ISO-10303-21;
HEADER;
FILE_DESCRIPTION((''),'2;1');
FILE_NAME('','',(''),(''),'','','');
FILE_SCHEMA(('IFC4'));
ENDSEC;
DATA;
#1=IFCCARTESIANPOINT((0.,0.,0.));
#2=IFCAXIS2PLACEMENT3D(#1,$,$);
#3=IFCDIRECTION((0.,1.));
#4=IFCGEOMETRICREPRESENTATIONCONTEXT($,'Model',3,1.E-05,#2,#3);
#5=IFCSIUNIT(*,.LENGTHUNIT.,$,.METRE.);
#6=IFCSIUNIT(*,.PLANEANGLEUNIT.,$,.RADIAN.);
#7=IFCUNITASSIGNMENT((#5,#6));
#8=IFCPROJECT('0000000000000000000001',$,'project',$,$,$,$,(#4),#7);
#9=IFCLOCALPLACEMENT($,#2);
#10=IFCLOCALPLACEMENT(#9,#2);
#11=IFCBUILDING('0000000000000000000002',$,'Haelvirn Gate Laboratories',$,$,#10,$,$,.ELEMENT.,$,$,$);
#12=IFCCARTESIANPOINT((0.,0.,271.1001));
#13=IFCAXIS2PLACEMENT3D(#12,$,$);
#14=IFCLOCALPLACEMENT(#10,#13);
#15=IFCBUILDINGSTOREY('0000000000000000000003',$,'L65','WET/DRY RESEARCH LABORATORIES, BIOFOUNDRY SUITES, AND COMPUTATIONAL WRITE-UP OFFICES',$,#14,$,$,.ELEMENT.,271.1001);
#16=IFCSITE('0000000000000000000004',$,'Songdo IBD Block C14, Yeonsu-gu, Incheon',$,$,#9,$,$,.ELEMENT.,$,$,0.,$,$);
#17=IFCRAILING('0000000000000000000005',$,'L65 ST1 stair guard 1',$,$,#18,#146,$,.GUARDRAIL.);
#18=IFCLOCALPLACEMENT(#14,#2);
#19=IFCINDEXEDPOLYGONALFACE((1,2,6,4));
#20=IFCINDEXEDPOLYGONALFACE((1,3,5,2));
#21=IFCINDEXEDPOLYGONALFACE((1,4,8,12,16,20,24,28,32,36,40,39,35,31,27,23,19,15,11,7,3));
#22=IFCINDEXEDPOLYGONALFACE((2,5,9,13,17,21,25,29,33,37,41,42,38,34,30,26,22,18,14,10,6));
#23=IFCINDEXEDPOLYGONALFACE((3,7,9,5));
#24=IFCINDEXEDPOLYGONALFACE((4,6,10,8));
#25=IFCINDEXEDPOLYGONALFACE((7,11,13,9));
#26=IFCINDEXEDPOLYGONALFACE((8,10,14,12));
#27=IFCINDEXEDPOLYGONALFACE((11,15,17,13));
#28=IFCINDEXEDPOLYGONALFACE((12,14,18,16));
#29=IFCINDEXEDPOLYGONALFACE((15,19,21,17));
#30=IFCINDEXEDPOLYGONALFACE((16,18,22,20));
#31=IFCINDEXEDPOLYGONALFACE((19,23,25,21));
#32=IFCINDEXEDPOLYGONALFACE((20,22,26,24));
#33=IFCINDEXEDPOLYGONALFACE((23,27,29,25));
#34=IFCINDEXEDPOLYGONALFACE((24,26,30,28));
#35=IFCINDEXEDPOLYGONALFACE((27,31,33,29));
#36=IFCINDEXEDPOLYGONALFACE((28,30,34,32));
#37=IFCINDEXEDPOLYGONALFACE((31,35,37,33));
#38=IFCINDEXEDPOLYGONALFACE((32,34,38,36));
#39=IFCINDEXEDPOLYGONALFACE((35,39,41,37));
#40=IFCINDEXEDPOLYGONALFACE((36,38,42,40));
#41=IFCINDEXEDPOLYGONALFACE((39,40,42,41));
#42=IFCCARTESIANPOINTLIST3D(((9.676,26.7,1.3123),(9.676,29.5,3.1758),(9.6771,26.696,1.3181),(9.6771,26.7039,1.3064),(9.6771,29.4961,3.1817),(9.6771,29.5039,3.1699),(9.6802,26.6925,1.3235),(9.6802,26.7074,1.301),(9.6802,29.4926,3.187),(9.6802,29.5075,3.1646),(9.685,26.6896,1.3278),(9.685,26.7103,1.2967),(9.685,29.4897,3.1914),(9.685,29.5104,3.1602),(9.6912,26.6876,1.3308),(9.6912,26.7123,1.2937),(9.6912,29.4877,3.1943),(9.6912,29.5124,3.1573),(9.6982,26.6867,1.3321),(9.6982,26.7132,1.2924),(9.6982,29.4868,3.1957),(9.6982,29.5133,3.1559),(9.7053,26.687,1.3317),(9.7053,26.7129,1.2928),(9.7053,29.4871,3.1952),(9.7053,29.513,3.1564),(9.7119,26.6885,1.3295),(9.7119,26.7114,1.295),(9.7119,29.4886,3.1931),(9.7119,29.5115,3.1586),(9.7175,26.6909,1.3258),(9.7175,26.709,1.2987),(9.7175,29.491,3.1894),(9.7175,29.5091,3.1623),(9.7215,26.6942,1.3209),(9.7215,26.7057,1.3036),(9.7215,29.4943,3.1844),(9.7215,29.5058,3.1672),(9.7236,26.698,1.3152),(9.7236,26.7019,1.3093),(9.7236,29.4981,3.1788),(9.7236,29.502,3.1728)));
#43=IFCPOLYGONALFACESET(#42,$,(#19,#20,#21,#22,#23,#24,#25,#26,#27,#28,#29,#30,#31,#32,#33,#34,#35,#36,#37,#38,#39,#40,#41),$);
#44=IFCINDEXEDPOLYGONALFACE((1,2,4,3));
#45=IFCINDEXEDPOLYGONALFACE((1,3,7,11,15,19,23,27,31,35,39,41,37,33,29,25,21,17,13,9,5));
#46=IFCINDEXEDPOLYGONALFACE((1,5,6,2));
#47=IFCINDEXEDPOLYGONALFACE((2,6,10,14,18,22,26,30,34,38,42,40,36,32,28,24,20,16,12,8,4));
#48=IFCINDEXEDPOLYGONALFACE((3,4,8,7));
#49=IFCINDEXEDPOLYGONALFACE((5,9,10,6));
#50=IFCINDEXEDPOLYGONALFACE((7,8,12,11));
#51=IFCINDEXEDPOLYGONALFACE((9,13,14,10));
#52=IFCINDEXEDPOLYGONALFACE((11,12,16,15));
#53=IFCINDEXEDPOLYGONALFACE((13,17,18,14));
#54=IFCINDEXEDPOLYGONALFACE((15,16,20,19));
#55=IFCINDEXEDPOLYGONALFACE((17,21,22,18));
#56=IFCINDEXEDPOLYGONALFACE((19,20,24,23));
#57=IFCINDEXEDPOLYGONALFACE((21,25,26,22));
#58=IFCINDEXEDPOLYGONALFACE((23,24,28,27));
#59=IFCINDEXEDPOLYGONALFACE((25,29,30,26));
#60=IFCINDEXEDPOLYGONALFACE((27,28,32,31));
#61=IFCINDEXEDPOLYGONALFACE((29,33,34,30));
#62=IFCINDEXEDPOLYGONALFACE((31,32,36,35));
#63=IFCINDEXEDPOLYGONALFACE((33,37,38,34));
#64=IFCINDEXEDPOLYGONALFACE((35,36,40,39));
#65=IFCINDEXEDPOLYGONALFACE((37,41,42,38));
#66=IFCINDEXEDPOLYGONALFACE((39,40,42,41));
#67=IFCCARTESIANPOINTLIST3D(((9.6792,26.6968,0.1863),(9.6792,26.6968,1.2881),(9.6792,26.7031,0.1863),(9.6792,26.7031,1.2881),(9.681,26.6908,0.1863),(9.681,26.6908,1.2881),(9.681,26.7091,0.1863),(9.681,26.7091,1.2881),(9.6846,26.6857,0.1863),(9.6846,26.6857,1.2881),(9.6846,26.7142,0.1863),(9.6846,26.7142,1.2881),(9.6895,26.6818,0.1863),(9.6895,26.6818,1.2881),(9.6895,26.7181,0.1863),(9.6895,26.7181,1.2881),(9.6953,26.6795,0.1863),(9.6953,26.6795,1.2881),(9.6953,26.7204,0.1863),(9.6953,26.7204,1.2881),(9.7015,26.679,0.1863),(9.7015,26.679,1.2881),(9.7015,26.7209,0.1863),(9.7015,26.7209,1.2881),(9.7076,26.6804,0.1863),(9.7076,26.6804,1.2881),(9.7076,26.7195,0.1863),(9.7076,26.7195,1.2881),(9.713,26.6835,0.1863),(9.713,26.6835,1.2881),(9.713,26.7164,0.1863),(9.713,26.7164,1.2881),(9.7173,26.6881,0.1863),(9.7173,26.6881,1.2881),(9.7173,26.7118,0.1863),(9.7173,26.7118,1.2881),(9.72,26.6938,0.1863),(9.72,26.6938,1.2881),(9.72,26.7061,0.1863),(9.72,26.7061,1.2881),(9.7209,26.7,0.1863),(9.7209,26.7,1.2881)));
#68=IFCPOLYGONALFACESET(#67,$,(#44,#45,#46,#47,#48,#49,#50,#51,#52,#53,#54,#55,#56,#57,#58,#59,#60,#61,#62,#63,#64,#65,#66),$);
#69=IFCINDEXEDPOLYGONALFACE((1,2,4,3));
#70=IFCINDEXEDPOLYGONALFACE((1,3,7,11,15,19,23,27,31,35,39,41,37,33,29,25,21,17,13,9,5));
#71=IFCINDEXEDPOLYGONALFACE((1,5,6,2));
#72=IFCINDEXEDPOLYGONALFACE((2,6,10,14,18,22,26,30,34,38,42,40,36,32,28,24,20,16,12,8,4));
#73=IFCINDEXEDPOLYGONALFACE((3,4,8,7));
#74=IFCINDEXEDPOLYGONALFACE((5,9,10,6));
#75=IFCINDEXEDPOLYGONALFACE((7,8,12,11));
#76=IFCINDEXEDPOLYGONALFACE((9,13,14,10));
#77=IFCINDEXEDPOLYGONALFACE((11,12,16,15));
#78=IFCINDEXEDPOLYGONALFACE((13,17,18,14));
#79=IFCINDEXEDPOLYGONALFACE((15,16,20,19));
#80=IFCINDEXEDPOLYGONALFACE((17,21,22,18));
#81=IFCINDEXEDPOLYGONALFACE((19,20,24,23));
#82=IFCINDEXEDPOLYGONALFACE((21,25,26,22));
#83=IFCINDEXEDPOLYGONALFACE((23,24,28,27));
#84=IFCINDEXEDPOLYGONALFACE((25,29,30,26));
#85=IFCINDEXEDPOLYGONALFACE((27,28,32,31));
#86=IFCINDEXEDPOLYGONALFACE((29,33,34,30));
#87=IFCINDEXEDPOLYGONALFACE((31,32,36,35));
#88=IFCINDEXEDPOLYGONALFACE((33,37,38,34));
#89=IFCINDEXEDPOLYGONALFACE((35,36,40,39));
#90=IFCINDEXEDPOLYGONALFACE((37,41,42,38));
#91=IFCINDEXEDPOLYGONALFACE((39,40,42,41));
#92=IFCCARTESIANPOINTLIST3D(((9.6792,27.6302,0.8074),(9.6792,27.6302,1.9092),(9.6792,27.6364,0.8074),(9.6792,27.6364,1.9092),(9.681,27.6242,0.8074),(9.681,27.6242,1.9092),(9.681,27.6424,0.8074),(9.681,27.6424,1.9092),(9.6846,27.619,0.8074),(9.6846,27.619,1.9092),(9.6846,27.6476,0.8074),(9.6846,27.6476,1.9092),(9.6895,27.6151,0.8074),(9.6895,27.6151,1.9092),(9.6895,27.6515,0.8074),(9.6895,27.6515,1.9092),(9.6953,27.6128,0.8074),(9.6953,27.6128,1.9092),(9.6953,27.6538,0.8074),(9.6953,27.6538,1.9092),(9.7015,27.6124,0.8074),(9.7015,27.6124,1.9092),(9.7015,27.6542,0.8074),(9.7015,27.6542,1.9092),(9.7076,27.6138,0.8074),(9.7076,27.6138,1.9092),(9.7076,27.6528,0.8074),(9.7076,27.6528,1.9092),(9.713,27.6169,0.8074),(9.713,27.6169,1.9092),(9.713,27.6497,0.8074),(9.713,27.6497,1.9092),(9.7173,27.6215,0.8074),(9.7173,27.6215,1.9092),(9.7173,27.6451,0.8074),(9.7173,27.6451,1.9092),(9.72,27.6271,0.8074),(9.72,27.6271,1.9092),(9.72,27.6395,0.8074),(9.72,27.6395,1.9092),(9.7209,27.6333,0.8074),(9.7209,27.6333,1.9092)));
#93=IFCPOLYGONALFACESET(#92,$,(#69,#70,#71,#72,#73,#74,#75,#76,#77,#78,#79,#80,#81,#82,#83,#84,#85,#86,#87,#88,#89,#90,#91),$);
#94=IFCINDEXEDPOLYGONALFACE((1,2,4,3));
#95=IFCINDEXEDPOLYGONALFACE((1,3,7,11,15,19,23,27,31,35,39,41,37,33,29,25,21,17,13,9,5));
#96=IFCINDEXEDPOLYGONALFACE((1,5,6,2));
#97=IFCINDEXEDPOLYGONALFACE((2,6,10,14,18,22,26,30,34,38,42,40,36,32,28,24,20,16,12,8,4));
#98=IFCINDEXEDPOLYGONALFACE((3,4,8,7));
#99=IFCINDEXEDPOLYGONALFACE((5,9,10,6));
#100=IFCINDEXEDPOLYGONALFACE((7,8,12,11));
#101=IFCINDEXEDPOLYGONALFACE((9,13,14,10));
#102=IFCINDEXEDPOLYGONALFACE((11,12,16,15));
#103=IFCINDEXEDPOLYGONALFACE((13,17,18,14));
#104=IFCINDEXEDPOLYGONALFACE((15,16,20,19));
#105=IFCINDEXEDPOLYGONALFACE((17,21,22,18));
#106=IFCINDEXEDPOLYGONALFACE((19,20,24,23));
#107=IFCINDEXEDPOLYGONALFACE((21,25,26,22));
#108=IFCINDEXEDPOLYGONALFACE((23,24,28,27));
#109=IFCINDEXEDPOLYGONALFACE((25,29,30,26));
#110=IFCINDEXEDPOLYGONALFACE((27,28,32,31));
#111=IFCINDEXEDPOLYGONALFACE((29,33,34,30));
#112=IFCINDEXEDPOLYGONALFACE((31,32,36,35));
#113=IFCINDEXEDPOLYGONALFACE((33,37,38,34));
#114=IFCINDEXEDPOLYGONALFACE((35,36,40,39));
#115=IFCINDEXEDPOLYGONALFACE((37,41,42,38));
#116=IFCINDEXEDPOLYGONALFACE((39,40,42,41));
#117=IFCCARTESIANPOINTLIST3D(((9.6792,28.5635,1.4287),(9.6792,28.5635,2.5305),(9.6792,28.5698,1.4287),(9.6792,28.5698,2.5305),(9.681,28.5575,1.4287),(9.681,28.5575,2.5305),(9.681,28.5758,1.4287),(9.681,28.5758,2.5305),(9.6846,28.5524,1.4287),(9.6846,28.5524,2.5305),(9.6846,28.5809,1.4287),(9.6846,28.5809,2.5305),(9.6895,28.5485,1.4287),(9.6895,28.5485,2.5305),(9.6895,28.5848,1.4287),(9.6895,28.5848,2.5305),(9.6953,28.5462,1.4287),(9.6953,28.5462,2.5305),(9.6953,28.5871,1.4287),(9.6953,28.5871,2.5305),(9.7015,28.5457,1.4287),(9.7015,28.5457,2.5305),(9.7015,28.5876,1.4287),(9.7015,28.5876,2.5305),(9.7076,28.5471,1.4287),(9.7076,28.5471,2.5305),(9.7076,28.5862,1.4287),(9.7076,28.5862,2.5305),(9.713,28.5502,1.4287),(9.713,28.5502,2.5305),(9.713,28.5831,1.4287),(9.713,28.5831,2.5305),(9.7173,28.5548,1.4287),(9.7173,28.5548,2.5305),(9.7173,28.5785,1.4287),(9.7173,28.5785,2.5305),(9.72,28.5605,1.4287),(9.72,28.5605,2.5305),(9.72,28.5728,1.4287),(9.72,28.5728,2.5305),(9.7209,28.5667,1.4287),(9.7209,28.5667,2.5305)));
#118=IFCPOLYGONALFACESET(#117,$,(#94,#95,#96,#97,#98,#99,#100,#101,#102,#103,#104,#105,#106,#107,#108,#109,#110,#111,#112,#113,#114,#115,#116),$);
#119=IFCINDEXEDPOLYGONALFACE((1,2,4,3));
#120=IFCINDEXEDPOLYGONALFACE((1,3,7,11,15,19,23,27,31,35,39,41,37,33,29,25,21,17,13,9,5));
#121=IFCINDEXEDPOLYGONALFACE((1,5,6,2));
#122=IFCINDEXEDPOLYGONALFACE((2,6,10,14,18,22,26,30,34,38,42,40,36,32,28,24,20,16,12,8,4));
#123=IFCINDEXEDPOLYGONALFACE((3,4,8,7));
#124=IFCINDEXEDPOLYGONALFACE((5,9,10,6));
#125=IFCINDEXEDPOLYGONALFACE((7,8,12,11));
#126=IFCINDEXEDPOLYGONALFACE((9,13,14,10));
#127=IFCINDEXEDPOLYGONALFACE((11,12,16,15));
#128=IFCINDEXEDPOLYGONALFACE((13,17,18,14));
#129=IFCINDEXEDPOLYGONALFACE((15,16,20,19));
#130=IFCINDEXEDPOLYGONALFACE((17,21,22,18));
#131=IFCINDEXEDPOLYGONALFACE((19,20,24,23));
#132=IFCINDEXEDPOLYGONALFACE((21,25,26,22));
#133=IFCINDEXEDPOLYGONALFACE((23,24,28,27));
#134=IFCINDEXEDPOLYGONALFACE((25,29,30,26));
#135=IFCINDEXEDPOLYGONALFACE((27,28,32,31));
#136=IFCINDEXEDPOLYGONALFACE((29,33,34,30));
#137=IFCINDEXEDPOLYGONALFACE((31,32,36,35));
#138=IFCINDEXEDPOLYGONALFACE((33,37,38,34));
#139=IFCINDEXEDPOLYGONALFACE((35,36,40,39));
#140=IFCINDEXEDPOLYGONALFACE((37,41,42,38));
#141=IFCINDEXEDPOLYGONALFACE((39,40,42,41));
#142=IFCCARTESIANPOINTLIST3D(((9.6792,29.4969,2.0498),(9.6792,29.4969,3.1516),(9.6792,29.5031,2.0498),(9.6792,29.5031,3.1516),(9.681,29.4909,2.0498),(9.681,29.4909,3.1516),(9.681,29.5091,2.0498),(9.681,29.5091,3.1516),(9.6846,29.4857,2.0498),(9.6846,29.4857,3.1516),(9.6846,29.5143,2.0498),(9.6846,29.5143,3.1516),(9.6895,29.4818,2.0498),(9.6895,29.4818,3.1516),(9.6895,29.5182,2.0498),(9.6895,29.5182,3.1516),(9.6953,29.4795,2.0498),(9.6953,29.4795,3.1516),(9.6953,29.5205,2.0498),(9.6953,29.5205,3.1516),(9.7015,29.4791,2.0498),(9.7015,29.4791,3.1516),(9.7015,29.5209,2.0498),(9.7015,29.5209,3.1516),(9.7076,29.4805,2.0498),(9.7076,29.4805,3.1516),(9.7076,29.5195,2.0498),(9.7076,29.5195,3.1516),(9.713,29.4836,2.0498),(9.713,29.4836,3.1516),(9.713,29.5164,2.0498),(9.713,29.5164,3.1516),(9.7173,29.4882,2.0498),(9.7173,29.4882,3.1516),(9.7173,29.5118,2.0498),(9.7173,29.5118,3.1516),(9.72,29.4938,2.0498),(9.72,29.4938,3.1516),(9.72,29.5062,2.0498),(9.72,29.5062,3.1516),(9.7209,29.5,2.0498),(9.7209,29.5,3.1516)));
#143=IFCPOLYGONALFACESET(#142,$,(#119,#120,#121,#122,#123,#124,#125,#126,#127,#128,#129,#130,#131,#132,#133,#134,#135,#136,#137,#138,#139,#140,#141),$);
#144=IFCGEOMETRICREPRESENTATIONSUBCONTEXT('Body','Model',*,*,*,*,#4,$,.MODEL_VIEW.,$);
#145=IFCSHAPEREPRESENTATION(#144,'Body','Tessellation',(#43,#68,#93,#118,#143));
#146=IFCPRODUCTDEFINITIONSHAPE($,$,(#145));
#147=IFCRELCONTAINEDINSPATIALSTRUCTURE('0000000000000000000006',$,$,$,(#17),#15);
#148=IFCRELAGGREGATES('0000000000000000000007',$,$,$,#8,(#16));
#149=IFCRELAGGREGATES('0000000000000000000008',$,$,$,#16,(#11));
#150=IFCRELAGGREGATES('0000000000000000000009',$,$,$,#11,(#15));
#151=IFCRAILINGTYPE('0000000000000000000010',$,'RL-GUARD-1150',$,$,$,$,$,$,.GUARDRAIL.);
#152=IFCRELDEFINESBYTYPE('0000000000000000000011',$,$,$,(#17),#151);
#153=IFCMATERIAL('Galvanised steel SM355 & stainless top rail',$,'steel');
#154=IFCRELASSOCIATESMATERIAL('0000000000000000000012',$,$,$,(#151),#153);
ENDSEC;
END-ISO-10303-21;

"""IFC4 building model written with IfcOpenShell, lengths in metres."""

from ifc_helpers import new_model, si_unit, direction, frame, origin, origin_2d, place, context, subcontext, project, spatial, circle, extrude, source, transform, mapped, material, type_object, element, save


model = new_model("IFC4")

# Units and contexts
model_context = context("Model", 3, precision=1e-05, world=origin(), true_north=direction((0.0, 1.0)))
body_context = subcontext(model_context, "Body", "Model", "MODEL_VIEW")
ifc_project = project(units=[si_unit("LENGTHUNIT", "METRE"), si_unit("PLANEANGLEUNIT", "RADIAN")], contexts=[model_context])

# Site, building, storey
site_placement = place(None, origin())
site = spatial("IfcSite", under=ifc_project, at=site_placement, Name="Songdo IBD Block C14, Yeonsu-gu, Incheon", CompositionType="ELEMENT", RefElevation=0.0)
building_placement = place(site_placement, origin())
building = spatial("IfcBuilding", under=site, at=building_placement, Name="Haelvirn Gate Laboratories", CompositionType="ELEMENT")
storey_placement = place(building_placement, frame((0.0, 0.0, 271.1001)))
storey = spatial("IfcBuildingStorey", under=building, at=storey_placement, Name="L65", Description="WET/DRY RESEARCH LABORATORIES, BIOFOUNDRY SUITES, AND COMPUTATIONAL WRITE-UP OFFICES", CompositionType="ELEMENT", Elevation=271.1001)

# Railing
ifc_material_1 = material(Name="Galvanised steel SM355 & stainless top rail", Category="steel")
railing_type_1 = type_object("IfcRailingType", Name="RL-GUARD-1150", PredefinedType="GUARDRAIL", material=ifc_material_1)
shared_shape_1 = source(origin(), body_context, "Body", "SweptSolid", [
    extrude(circle(Radius=0.0239, at=origin_2d()), frame((0.0, 0.0, 1.126), z_axis=(0.0, 0.832486, 0.554047), x_axis=(-1.0, 0.0, 0.0)), (0.0, 0.0, 1.0), 3.3635),
    extrude(circle(Radius=0.021, at=origin_2d()), origin(), (0.0, 0.0, 1.0), 1.1018),
    extrude(circle(Radius=0.021, at=origin_2d()), frame((0.0, 0.9333, 0.6211)), (0.0, 0.0, 1.0), 1.1018),
    extrude(circle(Radius=0.021, at=origin_2d()), frame((0.0, 1.8667, 1.2424)), (0.0, 0.0, 1.0), 1.1018),
    extrude(circle(Radius=0.021, at=origin_2d()), frame((0.0, 2.8, 1.8635)), (0.0, 0.0, 1.0), 1.1018),
])
railing_1_placement = place(storey_placement, frame((9.7, 26.7, 0.1863)))
element("IfcRailing", 1, at=railing_1_placement, inside=storey, type_object=railing_type_1, Name="L65 ST1 stair guard 1", PredefinedType="GUARDRAIL", context=body_context, shape_type="MappedRepresentation", body=[
    mapped(shared_shape_1, transform((0.0, 0.0, 0.0), scale=1.0)),
])

save(model, "model.ifc")
